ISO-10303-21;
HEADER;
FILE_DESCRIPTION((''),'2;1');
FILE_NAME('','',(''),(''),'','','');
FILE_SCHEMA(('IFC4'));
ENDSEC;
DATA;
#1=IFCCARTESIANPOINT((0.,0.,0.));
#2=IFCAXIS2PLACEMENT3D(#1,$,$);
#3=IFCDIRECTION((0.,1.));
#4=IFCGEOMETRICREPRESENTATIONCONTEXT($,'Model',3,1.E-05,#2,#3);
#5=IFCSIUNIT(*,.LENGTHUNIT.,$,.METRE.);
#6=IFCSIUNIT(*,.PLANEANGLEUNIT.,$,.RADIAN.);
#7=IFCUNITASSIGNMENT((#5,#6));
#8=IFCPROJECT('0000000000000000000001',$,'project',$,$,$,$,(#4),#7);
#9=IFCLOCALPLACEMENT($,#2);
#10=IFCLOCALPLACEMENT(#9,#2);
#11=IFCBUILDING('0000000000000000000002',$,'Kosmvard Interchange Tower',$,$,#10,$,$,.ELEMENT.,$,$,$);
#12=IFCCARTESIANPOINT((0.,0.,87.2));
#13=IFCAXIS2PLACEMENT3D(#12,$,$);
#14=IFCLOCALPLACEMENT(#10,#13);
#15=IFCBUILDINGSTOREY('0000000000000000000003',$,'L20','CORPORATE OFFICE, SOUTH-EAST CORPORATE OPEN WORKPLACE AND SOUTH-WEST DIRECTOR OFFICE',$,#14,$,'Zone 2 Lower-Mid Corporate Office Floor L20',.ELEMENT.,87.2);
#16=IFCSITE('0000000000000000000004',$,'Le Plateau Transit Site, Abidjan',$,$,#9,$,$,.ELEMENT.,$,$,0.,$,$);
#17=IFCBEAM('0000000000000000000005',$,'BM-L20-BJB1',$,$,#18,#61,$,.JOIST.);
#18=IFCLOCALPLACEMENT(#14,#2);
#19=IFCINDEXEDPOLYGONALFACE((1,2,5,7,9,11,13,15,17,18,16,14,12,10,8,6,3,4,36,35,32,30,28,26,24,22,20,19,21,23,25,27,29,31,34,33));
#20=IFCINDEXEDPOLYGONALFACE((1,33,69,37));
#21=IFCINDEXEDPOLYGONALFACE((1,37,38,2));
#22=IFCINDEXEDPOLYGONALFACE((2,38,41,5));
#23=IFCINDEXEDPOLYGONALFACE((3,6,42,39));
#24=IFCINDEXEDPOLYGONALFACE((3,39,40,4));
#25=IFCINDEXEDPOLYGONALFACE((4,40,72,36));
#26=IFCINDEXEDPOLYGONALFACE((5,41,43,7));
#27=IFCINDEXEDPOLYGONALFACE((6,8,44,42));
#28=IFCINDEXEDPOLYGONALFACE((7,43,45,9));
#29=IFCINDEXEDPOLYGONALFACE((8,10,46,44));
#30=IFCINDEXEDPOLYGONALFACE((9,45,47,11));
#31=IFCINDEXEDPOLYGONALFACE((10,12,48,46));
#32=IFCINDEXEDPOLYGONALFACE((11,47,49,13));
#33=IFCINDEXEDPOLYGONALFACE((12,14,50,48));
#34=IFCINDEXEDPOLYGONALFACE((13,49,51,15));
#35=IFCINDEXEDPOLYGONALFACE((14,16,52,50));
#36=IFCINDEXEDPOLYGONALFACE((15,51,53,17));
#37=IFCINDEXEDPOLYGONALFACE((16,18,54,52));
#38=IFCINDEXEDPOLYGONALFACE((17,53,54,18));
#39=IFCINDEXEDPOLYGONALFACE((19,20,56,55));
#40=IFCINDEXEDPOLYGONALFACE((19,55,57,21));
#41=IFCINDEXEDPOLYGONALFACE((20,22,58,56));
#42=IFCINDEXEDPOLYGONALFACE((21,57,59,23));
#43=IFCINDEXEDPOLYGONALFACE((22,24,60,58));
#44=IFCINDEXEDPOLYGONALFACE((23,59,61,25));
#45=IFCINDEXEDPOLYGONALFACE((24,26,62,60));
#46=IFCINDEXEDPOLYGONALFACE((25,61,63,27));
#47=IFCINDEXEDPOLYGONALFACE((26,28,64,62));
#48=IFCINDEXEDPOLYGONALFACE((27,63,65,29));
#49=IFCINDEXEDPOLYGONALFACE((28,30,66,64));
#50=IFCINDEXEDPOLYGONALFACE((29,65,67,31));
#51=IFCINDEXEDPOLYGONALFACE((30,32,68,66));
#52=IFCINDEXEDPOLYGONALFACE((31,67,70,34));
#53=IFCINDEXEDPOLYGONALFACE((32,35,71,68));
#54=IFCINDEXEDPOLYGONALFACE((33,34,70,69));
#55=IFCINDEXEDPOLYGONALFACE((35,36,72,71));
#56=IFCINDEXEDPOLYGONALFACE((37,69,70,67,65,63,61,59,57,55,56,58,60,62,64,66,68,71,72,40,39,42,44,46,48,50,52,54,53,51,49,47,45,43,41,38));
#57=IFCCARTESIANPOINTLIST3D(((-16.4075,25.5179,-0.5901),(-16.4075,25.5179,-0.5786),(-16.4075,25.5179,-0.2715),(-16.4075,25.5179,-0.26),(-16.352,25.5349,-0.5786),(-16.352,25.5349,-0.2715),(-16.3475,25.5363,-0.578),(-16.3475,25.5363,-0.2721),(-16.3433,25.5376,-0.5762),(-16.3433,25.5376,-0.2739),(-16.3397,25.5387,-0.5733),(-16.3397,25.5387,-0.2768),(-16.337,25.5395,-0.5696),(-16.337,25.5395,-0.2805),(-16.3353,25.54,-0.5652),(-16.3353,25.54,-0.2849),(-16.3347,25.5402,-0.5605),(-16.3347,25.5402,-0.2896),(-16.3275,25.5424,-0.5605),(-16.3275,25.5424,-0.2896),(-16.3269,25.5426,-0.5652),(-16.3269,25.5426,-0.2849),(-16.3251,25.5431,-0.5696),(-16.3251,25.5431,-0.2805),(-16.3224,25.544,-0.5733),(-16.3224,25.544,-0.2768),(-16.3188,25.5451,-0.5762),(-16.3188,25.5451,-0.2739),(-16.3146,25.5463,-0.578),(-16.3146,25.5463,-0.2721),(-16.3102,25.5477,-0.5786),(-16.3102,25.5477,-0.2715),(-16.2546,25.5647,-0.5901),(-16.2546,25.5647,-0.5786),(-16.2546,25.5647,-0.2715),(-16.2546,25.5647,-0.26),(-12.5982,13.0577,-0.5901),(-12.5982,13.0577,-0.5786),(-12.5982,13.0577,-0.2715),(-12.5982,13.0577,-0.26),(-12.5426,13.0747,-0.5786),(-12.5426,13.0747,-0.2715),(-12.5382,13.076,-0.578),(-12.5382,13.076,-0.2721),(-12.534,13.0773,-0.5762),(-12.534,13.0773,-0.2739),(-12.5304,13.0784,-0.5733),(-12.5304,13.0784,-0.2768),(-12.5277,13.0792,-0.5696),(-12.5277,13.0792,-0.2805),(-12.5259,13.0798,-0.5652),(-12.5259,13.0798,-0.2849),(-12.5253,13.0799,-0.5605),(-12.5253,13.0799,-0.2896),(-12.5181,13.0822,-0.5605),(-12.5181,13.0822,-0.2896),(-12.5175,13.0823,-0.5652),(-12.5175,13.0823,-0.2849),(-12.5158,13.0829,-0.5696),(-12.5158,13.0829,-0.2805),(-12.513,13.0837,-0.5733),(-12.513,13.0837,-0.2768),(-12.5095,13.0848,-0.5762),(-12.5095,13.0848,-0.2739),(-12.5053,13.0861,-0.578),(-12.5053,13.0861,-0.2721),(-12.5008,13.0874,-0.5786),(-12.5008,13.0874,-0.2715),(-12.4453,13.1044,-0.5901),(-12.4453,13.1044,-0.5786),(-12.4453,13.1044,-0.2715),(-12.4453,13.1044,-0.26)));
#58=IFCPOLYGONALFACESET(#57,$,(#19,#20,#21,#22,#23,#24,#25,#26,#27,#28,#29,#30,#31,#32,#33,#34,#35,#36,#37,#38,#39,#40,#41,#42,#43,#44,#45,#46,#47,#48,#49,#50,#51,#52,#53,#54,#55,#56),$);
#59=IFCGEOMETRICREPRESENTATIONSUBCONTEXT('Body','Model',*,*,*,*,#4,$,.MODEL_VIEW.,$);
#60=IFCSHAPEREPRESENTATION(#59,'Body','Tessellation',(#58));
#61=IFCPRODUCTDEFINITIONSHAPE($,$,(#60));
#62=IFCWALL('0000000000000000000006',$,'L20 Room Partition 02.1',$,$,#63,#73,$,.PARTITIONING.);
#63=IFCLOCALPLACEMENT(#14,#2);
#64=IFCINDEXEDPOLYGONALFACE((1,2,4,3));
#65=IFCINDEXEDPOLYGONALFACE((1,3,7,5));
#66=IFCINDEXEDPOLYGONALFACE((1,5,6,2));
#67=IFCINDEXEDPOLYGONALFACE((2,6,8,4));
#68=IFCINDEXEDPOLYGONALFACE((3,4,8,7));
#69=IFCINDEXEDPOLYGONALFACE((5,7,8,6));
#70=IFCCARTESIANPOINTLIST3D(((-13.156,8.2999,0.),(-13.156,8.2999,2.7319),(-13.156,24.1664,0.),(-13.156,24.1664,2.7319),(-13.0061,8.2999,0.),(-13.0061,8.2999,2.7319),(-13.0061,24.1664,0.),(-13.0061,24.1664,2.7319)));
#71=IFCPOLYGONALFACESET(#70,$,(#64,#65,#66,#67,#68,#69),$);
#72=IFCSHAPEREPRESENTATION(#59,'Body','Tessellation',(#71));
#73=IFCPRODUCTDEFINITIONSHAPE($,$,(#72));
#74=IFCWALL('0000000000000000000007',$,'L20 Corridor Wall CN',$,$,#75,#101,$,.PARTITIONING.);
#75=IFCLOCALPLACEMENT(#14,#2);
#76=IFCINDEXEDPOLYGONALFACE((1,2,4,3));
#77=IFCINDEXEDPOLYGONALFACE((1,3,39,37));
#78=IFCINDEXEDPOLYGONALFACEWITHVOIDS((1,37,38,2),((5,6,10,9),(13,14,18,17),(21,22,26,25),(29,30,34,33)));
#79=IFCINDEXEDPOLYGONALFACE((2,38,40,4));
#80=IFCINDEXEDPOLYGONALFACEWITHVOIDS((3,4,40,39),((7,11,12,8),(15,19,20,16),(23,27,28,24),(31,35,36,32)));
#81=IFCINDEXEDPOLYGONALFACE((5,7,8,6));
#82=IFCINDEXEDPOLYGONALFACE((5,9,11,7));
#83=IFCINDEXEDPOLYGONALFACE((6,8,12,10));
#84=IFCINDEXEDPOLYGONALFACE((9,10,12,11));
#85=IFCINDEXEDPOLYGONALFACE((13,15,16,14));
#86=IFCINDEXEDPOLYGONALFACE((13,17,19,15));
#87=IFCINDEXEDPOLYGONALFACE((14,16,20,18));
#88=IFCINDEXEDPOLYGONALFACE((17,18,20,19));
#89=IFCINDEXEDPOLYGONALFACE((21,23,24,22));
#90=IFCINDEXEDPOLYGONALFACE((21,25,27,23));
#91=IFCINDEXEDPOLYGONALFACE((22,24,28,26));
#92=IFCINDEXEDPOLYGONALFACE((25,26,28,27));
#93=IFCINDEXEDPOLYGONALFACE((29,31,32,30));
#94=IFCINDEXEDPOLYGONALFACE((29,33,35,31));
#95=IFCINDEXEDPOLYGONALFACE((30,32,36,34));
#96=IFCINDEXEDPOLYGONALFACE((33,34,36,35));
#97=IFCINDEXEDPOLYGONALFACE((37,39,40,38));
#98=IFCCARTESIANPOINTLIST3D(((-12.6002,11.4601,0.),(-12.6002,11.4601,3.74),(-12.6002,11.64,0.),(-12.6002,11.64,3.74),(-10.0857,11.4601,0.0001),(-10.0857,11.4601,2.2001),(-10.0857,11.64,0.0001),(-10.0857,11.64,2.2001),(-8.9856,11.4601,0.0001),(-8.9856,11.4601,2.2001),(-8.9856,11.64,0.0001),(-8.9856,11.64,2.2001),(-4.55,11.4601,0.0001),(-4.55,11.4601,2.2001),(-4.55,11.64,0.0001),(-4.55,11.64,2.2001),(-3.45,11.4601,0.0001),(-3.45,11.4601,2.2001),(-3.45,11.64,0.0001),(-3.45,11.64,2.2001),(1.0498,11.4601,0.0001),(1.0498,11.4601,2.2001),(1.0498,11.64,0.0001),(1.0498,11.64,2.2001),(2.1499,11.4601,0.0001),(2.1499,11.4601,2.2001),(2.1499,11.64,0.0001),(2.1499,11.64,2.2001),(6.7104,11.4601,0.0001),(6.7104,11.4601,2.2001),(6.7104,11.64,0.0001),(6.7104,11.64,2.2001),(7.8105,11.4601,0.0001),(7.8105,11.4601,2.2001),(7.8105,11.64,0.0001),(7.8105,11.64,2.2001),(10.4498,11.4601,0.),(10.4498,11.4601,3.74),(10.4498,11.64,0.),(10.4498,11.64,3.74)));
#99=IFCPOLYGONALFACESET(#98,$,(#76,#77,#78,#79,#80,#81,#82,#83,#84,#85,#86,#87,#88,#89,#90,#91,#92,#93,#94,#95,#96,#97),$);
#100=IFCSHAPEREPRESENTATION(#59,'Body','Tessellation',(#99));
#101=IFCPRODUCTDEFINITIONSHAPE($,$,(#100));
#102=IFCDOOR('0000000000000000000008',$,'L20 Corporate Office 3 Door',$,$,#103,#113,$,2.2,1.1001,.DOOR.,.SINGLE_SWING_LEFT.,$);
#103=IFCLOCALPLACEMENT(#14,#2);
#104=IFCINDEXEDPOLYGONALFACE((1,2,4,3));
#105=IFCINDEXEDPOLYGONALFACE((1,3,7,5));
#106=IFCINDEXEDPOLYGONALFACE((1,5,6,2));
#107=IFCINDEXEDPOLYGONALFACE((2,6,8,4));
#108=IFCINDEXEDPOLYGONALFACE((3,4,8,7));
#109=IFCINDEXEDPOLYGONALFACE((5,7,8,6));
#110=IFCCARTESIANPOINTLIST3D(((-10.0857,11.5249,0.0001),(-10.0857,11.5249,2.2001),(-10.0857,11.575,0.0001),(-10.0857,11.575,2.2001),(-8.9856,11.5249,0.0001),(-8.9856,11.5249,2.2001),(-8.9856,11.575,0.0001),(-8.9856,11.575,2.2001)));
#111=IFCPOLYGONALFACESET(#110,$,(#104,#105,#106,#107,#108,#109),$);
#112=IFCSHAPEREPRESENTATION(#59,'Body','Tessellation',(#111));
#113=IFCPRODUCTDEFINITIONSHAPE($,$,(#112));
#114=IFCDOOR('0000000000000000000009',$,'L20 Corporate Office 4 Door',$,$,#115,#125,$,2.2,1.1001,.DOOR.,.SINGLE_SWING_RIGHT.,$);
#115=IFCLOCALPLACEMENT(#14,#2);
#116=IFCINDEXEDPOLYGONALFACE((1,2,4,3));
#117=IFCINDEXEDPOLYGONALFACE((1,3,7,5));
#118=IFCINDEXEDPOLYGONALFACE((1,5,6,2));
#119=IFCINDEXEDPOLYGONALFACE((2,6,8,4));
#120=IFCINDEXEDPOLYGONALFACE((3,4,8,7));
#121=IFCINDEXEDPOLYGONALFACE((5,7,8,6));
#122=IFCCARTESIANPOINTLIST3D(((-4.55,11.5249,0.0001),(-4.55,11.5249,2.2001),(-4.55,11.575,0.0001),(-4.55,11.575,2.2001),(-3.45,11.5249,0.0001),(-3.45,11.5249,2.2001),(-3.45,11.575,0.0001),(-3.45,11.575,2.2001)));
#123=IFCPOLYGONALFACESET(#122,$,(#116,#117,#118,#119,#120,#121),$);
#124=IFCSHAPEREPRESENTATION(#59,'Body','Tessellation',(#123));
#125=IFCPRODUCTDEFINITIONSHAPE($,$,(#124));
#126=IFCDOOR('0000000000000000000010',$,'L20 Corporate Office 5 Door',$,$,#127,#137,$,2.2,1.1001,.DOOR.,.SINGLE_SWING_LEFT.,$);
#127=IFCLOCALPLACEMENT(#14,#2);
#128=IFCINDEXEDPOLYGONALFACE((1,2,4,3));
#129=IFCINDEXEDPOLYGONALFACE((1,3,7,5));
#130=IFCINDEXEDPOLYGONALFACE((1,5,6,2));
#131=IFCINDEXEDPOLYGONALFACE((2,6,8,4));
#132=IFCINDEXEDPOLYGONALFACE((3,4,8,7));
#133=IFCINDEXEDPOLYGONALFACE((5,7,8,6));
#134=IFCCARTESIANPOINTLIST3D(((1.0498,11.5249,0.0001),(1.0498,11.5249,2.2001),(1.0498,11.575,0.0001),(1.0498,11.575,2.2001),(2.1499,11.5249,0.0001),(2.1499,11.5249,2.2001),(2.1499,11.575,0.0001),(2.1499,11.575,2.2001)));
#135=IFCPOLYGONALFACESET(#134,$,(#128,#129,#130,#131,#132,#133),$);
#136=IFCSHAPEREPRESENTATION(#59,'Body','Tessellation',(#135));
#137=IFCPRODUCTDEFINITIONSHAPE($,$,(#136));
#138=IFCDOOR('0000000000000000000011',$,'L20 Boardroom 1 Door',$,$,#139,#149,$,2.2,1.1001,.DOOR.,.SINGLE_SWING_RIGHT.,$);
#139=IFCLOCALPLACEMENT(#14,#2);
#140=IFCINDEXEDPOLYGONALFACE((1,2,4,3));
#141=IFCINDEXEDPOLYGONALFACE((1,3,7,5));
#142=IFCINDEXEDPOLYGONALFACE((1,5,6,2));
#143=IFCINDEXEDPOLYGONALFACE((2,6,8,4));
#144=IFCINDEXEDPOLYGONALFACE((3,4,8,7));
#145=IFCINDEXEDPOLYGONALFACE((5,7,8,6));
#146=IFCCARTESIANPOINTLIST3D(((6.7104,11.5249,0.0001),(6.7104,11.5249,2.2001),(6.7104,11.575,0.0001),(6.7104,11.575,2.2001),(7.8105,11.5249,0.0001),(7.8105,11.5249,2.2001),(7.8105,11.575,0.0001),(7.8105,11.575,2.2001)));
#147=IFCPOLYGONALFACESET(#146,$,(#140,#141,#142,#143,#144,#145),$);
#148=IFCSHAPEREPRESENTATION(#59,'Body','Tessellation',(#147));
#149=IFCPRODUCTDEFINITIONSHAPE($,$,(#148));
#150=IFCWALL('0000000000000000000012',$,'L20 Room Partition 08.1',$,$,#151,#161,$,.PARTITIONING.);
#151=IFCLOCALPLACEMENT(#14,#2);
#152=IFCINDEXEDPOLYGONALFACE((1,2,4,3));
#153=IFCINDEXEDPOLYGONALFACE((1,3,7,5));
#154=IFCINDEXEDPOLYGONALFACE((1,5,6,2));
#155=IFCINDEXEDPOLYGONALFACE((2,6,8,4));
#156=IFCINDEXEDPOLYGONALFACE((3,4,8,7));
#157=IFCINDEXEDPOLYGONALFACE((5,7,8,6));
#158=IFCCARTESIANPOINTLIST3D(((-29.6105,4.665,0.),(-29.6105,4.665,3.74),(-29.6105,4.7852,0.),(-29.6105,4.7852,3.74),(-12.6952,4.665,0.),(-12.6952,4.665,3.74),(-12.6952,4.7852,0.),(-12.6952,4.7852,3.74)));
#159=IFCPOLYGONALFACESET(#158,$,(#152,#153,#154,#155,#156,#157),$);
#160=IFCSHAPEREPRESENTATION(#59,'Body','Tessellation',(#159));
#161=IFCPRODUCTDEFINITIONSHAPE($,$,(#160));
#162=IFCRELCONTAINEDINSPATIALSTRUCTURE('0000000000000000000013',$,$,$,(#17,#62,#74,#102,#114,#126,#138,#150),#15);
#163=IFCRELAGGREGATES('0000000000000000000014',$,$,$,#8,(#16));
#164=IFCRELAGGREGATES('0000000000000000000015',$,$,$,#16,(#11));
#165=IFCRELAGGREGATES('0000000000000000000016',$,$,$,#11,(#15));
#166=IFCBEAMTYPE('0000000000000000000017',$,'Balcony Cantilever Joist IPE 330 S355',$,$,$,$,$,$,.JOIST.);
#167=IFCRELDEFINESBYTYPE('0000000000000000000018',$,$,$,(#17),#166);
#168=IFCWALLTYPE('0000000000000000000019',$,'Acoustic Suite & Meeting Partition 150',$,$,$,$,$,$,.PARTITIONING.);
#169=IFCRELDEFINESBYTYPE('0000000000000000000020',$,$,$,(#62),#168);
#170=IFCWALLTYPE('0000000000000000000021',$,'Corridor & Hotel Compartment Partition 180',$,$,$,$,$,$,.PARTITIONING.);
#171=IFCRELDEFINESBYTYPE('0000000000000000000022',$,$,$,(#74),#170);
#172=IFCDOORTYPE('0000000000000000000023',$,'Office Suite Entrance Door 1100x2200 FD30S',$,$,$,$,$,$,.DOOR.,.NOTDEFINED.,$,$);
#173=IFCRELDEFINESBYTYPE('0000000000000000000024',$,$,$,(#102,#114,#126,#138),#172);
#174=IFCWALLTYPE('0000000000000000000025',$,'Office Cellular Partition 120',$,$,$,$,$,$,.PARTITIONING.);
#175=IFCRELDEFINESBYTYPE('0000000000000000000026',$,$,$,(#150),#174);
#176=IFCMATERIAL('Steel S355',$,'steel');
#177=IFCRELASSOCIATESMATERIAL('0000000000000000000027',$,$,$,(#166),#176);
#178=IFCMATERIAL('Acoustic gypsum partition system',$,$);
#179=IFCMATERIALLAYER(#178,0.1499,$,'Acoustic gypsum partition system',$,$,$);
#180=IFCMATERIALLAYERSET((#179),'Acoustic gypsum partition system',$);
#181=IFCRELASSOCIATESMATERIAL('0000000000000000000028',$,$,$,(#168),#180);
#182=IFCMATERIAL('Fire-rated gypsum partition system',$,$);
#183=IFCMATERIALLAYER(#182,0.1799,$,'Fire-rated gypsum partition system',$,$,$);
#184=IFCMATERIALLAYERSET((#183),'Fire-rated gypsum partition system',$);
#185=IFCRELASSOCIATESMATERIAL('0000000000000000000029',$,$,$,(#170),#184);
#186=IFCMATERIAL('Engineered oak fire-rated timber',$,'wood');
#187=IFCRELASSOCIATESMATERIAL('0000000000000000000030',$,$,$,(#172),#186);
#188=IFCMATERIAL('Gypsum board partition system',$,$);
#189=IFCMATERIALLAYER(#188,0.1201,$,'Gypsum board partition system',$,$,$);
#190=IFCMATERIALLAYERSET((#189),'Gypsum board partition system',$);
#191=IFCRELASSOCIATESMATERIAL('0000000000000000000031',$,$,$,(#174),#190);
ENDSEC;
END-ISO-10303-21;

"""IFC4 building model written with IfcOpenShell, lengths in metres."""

from ifc_helpers import new_model, si_unit, direction, frame, frame_2d, origin, origin_2d, place, context, subcontext, project, spatial, rectangle, i_section, extrude, source, transform, mapped, material, layer, layer_set, material_profile, profile_set, type_object, element, fill, save


model = new_model("IFC4")

# Units and contexts
model_context = context("Model", 3, precision=1e-05, world=origin(), true_north=direction((0.0, 1.0)))
body_context = subcontext(model_context, "Body", "Model", "MODEL_VIEW")
ifc_project = project(units=[si_unit("LENGTHUNIT", "METRE"), si_unit("PLANEANGLEUNIT", "RADIAN")], contexts=[model_context])

# Site, building, storey
site_placement = place(None, origin())
site = spatial("IfcSite", under=ifc_project, at=site_placement, Name="Le Plateau Transit Site, Abidjan", CompositionType="ELEMENT", RefElevation=0.0)
building_placement = place(site_placement, origin())
building = spatial("IfcBuilding", under=site, at=building_placement, Name="Kosmvard Interchange Tower", CompositionType="ELEMENT")
storey_placement = place(building_placement, frame((0.0, 0.0, 87.2)))
storey = spatial("IfcBuildingStorey", under=building, at=storey_placement, Name="L20", Description="CORPORATE OFFICE, SOUTH-EAST CORPORATE OPEN WORKPLACE AND SOUTH-WEST DIRECTOR OFFICE", LongName="Zone 2 Lower-Mid Corporate Office Floor L20", CompositionType="ELEMENT", Elevation=87.2)

# Beam
ifc_material_1 = material(Name="Steel S355", Category="steel")
ifc_material_profile_1 = material_profile(ifc_material_1, i_section(OverallWidth=0.1599, OverallDepth=0.3301, WebThickness=0.0076, FlangeThickness=0.0115, FilletRadius=0.0181, at=origin_2d()), Name="IPE 330")
ifc_profile_set_1 = profile_set([ifc_material_profile_1], Name="Steel S355")
beam_type_1 = type_object("IfcBeamType", Name="Balcony Cantilever Joist IPE 330 S355", PredefinedType="JOIST", material=ifc_profile_set_1)
shared_shape_1 = source(origin(), body_context, "Body", "SweptSolid", [
    extrude(i_section(OverallWidth=0.1599, OverallDepth=0.3301, WebThickness=0.0076, FlangeThickness=0.0115, FilletRadius=0.0181, at=origin_2d()), origin(), (0.0, 0.0, 1.0), 13.0295),
])
beam_1_placement = place(storey_placement, frame((-12.5217, 13.0811, -0.425), z_axis=(-0.292362, 0.956308, 0.0), x_axis=(-0.956308, -0.292362, 0.0)))
element("IfcBeam", 1, at=beam_1_placement, inside=storey, type_object=beam_type_1, Name="BM-L20-BJB1", PredefinedType="JOIST", context=body_context, shape_type="MappedRepresentation", body=[
    mapped(shared_shape_1, transform((0.0, 0.0, 0.0), scale=1.0)),
])

# Wall
ifc_material_2 = material(Name="Acoustic gypsum partition system")
ifc_layer_1 = layer(ifc_material_2, 0.1499, Name="Acoustic gypsum partition system")
ifc_layer_set_1 = layer_set([ifc_layer_1], Name="Acoustic gypsum partition system")
wall_type_1 = type_object("IfcWallType", Name="Acoustic Suite & Meeting Partition 150", PredefinedType="PARTITIONING", material=ifc_layer_set_1)
wall_1_placement = place(storey_placement, frame((-13.0811, 8.3, 0.0), z_axis=(0.0, 0.0, 1.0), x_axis=(0.0, 1.0, 0.0)))
element("IfcWall", 2, at=wall_1_placement, inside=storey, type_object=wall_type_1, Name="L20 Room Partition 02.1", PredefinedType="PARTITIONING", context=body_context, shape_type="SweptSolid", body=[
    extrude(rectangle(XDim=15.8665, YDim=0.1499, at=frame_2d((7.9331, 0.0))), origin(), (0.0, 0.0, 1.0), 2.7319),
])

# Wall, openings, doors
ifc_material_3 = material(Name="Fire-rated gypsum partition system")
ifc_layer_2 = layer(ifc_material_3, 0.1799, Name="Fire-rated gypsum partition system")
ifc_layer_set_2 = layer_set([ifc_layer_2], Name="Fire-rated gypsum partition system")
wall_type_2 = type_object("IfcWallType", Name="Corridor & Hotel Compartment Partition 180", PredefinedType="PARTITIONING", material=ifc_layer_set_2)
wall_2_placement = place(storey_placement, frame((-12.6001, 11.55, 0.0), z_axis=(0.0, 0.0, 1.0), x_axis=(1.0, 0.0, 0.0)))
wall_2 = element("IfcWall", 3, at=wall_2_placement, inside=storey, type_object=wall_type_2, Name="L20 Corridor Wall CN", PredefinedType="PARTITIONING", context=body_context, shape_type="SweptSolid", body=[
    extrude(rectangle(XDim=23.05, YDim=0.1799, at=frame_2d((11.5249, 0.0))), origin(), (0.0, 0.0, 1.0), 3.74),
])
opening_1_placement = place(wall_2_placement, frame((2.5144, 0.0, 0.0)))
opening_1 = element("IfcOpeningElement", 4, at=opening_1_placement, cuts=wall_2, PredefinedType="OPENING", context=body_context, shape_type="SweptSolid", body=[
    extrude(rectangle(XDim=1.1001, YDim=2.2, at=frame_2d((0.55, 1.1001))), frame((0.0, 0.1001, 0.0), z_axis=(0.0, -1.0, 0.0), x_axis=(1.0, 0.0, 0.0)), (0.0, 0.0, 1.0), 0.2),
])
opening_2_placement = place(wall_2_placement, frame((8.05, 0.0, 0.0)))
opening_2 = element("IfcOpeningElement", 5, at=opening_2_placement, cuts=wall_2, PredefinedType="OPENING", context=body_context, shape_type="SweptSolid", body=[
    extrude(rectangle(XDim=1.1001, YDim=2.2, at=frame_2d((0.55, 1.1001))), frame((0.0, 0.1001, 0.0), z_axis=(0.0, -1.0, 0.0), x_axis=(1.0, 0.0, 0.0)), (0.0, 0.0, 1.0), 0.2),
])
opening_3_placement = place(wall_2_placement, frame((13.6499, 0.0, 0.0)))
opening_3 = element("IfcOpeningElement", 6, at=opening_3_placement, cuts=wall_2, PredefinedType="OPENING", context=body_context, shape_type="SweptSolid", body=[
    extrude(rectangle(XDim=1.1001, YDim=2.2, at=frame_2d((0.55, 1.1001))), frame((0.0, 0.1001, 0.0), z_axis=(0.0, -1.0, 0.0), x_axis=(1.0, 0.0, 0.0)), (0.0, 0.0, 1.0), 0.2),
])
opening_4_placement = place(wall_2_placement, frame((19.3105, 0.0, 0.0)))
opening_4 = element("IfcOpeningElement", 7, at=opening_4_placement, cuts=wall_2, PredefinedType="OPENING", context=body_context, shape_type="SweptSolid", body=[
    extrude(rectangle(XDim=1.1001, YDim=2.2, at=frame_2d((0.55, 1.1001))), frame((0.0, 0.1001, 0.0), z_axis=(0.0, -1.0, 0.0), x_axis=(1.0, 0.0, 0.0)), (0.0, 0.0, 1.0), 0.2),
])
ifc_material_4 = material(Name="Engineered oak fire-rated timber", Category="wood")
door_type = type_object("IfcDoorType", Name="Office Suite Entrance Door 1100x2200 FD30S", OperationType="NOTDEFINED", PredefinedType="DOOR", material=ifc_material_4)
shared_shape_2 = source(origin(), body_context, "Body", "SweptSolid", [
    extrude(rectangle(XDim=1.1001, YDim=2.2, at=frame_2d((0.55, 1.1001))), frame((0.0, 0.0249, 0.0), z_axis=(0.0, -1.0, 0.0), x_axis=(1.0, 0.0, 0.0)), (0.0, 0.0, 1.0), 0.05),
])
door_1_placement = place(opening_1_placement, origin())
door_1 = element("IfcDoor", 8, at=door_1_placement, inside=storey, type_object=door_type, Name="L20 Corporate Office 3 Door", OperationType="SINGLE_SWING_LEFT", OverallHeight=2.2, OverallWidth=1.1001, PredefinedType="DOOR", context=body_context, shape_type="MappedRepresentation", body=[
    mapped(shared_shape_2, transform((0.0, 0.0, 0.0), scale=1.0)),
])
fill(opening_1, door_1)
door_2_placement = place(opening_2_placement, origin())
door_2 = element("IfcDoor", 9, at=door_2_placement, inside=storey, type_object=door_type, Name="L20 Corporate Office 4 Door", OperationType="SINGLE_SWING_RIGHT", OverallHeight=2.2, OverallWidth=1.1001, PredefinedType="DOOR", context=body_context, shape_type="MappedRepresentation", body=[
    mapped(shared_shape_2, transform((0.0, 0.0, 0.0), scale=1.0)),
])
fill(opening_2, door_2)
door_3_placement = place(opening_3_placement, origin())
door_3 = element("IfcDoor", 10, at=door_3_placement, inside=storey, type_object=door_type, Name="L20 Corporate Office 5 Door", OperationType="SINGLE_SWING_LEFT", OverallHeight=2.2, OverallWidth=1.1001, PredefinedType="DOOR", context=body_context, shape_type="MappedRepresentation", body=[
    mapped(shared_shape_2, transform((0.0, 0.0, 0.0), scale=1.0)),
])
fill(opening_3, door_3)
door_4_placement = place(opening_4_placement, origin())
door_4 = element("IfcDoor", 11, at=door_4_placement, inside=storey, type_object=door_type, Name="L20 Boardroom 1 Door", OperationType="SINGLE_SWING_RIGHT", OverallHeight=2.2, OverallWidth=1.1001, PredefinedType="DOOR", context=body_context, shape_type="MappedRepresentation", body=[
    mapped(shared_shape_2, transform((0.0, 0.0, 0.0), scale=1.0)),
])
fill(opening_4, door_4)

# Wall
ifc_material_5 = material(Name="Gypsum board partition system")
ifc_layer_3 = layer(ifc_material_5, 0.1201, Name="Gypsum board partition system")
ifc_layer_set_3 = layer_set([ifc_layer_3], Name="Gypsum board partition system")
wall_type_3 = type_object("IfcWallType", Name="Office Cellular Partition 120", PredefinedType="PARTITIONING", material=ifc_layer_set_3)
wall_3_placement = place(storey_placement, frame((-29.6104, 4.7251, 0.0), z_axis=(0.0, 0.0, 1.0), x_axis=(1.0, 0.0, 0.0)))
element("IfcWall", 12, at=wall_3_placement, inside=storey, type_object=wall_type_3, Name="L20 Room Partition 08.1", PredefinedType="PARTITIONING", context=body_context, shape_type="SweptSolid", body=[
    extrude(rectangle(XDim=16.9153, YDim=0.1201, at=frame_2d((8.4575, 0.0))), origin(), (0.0, 0.0, 1.0), 3.74),
])

save(model, "model.ifc")
